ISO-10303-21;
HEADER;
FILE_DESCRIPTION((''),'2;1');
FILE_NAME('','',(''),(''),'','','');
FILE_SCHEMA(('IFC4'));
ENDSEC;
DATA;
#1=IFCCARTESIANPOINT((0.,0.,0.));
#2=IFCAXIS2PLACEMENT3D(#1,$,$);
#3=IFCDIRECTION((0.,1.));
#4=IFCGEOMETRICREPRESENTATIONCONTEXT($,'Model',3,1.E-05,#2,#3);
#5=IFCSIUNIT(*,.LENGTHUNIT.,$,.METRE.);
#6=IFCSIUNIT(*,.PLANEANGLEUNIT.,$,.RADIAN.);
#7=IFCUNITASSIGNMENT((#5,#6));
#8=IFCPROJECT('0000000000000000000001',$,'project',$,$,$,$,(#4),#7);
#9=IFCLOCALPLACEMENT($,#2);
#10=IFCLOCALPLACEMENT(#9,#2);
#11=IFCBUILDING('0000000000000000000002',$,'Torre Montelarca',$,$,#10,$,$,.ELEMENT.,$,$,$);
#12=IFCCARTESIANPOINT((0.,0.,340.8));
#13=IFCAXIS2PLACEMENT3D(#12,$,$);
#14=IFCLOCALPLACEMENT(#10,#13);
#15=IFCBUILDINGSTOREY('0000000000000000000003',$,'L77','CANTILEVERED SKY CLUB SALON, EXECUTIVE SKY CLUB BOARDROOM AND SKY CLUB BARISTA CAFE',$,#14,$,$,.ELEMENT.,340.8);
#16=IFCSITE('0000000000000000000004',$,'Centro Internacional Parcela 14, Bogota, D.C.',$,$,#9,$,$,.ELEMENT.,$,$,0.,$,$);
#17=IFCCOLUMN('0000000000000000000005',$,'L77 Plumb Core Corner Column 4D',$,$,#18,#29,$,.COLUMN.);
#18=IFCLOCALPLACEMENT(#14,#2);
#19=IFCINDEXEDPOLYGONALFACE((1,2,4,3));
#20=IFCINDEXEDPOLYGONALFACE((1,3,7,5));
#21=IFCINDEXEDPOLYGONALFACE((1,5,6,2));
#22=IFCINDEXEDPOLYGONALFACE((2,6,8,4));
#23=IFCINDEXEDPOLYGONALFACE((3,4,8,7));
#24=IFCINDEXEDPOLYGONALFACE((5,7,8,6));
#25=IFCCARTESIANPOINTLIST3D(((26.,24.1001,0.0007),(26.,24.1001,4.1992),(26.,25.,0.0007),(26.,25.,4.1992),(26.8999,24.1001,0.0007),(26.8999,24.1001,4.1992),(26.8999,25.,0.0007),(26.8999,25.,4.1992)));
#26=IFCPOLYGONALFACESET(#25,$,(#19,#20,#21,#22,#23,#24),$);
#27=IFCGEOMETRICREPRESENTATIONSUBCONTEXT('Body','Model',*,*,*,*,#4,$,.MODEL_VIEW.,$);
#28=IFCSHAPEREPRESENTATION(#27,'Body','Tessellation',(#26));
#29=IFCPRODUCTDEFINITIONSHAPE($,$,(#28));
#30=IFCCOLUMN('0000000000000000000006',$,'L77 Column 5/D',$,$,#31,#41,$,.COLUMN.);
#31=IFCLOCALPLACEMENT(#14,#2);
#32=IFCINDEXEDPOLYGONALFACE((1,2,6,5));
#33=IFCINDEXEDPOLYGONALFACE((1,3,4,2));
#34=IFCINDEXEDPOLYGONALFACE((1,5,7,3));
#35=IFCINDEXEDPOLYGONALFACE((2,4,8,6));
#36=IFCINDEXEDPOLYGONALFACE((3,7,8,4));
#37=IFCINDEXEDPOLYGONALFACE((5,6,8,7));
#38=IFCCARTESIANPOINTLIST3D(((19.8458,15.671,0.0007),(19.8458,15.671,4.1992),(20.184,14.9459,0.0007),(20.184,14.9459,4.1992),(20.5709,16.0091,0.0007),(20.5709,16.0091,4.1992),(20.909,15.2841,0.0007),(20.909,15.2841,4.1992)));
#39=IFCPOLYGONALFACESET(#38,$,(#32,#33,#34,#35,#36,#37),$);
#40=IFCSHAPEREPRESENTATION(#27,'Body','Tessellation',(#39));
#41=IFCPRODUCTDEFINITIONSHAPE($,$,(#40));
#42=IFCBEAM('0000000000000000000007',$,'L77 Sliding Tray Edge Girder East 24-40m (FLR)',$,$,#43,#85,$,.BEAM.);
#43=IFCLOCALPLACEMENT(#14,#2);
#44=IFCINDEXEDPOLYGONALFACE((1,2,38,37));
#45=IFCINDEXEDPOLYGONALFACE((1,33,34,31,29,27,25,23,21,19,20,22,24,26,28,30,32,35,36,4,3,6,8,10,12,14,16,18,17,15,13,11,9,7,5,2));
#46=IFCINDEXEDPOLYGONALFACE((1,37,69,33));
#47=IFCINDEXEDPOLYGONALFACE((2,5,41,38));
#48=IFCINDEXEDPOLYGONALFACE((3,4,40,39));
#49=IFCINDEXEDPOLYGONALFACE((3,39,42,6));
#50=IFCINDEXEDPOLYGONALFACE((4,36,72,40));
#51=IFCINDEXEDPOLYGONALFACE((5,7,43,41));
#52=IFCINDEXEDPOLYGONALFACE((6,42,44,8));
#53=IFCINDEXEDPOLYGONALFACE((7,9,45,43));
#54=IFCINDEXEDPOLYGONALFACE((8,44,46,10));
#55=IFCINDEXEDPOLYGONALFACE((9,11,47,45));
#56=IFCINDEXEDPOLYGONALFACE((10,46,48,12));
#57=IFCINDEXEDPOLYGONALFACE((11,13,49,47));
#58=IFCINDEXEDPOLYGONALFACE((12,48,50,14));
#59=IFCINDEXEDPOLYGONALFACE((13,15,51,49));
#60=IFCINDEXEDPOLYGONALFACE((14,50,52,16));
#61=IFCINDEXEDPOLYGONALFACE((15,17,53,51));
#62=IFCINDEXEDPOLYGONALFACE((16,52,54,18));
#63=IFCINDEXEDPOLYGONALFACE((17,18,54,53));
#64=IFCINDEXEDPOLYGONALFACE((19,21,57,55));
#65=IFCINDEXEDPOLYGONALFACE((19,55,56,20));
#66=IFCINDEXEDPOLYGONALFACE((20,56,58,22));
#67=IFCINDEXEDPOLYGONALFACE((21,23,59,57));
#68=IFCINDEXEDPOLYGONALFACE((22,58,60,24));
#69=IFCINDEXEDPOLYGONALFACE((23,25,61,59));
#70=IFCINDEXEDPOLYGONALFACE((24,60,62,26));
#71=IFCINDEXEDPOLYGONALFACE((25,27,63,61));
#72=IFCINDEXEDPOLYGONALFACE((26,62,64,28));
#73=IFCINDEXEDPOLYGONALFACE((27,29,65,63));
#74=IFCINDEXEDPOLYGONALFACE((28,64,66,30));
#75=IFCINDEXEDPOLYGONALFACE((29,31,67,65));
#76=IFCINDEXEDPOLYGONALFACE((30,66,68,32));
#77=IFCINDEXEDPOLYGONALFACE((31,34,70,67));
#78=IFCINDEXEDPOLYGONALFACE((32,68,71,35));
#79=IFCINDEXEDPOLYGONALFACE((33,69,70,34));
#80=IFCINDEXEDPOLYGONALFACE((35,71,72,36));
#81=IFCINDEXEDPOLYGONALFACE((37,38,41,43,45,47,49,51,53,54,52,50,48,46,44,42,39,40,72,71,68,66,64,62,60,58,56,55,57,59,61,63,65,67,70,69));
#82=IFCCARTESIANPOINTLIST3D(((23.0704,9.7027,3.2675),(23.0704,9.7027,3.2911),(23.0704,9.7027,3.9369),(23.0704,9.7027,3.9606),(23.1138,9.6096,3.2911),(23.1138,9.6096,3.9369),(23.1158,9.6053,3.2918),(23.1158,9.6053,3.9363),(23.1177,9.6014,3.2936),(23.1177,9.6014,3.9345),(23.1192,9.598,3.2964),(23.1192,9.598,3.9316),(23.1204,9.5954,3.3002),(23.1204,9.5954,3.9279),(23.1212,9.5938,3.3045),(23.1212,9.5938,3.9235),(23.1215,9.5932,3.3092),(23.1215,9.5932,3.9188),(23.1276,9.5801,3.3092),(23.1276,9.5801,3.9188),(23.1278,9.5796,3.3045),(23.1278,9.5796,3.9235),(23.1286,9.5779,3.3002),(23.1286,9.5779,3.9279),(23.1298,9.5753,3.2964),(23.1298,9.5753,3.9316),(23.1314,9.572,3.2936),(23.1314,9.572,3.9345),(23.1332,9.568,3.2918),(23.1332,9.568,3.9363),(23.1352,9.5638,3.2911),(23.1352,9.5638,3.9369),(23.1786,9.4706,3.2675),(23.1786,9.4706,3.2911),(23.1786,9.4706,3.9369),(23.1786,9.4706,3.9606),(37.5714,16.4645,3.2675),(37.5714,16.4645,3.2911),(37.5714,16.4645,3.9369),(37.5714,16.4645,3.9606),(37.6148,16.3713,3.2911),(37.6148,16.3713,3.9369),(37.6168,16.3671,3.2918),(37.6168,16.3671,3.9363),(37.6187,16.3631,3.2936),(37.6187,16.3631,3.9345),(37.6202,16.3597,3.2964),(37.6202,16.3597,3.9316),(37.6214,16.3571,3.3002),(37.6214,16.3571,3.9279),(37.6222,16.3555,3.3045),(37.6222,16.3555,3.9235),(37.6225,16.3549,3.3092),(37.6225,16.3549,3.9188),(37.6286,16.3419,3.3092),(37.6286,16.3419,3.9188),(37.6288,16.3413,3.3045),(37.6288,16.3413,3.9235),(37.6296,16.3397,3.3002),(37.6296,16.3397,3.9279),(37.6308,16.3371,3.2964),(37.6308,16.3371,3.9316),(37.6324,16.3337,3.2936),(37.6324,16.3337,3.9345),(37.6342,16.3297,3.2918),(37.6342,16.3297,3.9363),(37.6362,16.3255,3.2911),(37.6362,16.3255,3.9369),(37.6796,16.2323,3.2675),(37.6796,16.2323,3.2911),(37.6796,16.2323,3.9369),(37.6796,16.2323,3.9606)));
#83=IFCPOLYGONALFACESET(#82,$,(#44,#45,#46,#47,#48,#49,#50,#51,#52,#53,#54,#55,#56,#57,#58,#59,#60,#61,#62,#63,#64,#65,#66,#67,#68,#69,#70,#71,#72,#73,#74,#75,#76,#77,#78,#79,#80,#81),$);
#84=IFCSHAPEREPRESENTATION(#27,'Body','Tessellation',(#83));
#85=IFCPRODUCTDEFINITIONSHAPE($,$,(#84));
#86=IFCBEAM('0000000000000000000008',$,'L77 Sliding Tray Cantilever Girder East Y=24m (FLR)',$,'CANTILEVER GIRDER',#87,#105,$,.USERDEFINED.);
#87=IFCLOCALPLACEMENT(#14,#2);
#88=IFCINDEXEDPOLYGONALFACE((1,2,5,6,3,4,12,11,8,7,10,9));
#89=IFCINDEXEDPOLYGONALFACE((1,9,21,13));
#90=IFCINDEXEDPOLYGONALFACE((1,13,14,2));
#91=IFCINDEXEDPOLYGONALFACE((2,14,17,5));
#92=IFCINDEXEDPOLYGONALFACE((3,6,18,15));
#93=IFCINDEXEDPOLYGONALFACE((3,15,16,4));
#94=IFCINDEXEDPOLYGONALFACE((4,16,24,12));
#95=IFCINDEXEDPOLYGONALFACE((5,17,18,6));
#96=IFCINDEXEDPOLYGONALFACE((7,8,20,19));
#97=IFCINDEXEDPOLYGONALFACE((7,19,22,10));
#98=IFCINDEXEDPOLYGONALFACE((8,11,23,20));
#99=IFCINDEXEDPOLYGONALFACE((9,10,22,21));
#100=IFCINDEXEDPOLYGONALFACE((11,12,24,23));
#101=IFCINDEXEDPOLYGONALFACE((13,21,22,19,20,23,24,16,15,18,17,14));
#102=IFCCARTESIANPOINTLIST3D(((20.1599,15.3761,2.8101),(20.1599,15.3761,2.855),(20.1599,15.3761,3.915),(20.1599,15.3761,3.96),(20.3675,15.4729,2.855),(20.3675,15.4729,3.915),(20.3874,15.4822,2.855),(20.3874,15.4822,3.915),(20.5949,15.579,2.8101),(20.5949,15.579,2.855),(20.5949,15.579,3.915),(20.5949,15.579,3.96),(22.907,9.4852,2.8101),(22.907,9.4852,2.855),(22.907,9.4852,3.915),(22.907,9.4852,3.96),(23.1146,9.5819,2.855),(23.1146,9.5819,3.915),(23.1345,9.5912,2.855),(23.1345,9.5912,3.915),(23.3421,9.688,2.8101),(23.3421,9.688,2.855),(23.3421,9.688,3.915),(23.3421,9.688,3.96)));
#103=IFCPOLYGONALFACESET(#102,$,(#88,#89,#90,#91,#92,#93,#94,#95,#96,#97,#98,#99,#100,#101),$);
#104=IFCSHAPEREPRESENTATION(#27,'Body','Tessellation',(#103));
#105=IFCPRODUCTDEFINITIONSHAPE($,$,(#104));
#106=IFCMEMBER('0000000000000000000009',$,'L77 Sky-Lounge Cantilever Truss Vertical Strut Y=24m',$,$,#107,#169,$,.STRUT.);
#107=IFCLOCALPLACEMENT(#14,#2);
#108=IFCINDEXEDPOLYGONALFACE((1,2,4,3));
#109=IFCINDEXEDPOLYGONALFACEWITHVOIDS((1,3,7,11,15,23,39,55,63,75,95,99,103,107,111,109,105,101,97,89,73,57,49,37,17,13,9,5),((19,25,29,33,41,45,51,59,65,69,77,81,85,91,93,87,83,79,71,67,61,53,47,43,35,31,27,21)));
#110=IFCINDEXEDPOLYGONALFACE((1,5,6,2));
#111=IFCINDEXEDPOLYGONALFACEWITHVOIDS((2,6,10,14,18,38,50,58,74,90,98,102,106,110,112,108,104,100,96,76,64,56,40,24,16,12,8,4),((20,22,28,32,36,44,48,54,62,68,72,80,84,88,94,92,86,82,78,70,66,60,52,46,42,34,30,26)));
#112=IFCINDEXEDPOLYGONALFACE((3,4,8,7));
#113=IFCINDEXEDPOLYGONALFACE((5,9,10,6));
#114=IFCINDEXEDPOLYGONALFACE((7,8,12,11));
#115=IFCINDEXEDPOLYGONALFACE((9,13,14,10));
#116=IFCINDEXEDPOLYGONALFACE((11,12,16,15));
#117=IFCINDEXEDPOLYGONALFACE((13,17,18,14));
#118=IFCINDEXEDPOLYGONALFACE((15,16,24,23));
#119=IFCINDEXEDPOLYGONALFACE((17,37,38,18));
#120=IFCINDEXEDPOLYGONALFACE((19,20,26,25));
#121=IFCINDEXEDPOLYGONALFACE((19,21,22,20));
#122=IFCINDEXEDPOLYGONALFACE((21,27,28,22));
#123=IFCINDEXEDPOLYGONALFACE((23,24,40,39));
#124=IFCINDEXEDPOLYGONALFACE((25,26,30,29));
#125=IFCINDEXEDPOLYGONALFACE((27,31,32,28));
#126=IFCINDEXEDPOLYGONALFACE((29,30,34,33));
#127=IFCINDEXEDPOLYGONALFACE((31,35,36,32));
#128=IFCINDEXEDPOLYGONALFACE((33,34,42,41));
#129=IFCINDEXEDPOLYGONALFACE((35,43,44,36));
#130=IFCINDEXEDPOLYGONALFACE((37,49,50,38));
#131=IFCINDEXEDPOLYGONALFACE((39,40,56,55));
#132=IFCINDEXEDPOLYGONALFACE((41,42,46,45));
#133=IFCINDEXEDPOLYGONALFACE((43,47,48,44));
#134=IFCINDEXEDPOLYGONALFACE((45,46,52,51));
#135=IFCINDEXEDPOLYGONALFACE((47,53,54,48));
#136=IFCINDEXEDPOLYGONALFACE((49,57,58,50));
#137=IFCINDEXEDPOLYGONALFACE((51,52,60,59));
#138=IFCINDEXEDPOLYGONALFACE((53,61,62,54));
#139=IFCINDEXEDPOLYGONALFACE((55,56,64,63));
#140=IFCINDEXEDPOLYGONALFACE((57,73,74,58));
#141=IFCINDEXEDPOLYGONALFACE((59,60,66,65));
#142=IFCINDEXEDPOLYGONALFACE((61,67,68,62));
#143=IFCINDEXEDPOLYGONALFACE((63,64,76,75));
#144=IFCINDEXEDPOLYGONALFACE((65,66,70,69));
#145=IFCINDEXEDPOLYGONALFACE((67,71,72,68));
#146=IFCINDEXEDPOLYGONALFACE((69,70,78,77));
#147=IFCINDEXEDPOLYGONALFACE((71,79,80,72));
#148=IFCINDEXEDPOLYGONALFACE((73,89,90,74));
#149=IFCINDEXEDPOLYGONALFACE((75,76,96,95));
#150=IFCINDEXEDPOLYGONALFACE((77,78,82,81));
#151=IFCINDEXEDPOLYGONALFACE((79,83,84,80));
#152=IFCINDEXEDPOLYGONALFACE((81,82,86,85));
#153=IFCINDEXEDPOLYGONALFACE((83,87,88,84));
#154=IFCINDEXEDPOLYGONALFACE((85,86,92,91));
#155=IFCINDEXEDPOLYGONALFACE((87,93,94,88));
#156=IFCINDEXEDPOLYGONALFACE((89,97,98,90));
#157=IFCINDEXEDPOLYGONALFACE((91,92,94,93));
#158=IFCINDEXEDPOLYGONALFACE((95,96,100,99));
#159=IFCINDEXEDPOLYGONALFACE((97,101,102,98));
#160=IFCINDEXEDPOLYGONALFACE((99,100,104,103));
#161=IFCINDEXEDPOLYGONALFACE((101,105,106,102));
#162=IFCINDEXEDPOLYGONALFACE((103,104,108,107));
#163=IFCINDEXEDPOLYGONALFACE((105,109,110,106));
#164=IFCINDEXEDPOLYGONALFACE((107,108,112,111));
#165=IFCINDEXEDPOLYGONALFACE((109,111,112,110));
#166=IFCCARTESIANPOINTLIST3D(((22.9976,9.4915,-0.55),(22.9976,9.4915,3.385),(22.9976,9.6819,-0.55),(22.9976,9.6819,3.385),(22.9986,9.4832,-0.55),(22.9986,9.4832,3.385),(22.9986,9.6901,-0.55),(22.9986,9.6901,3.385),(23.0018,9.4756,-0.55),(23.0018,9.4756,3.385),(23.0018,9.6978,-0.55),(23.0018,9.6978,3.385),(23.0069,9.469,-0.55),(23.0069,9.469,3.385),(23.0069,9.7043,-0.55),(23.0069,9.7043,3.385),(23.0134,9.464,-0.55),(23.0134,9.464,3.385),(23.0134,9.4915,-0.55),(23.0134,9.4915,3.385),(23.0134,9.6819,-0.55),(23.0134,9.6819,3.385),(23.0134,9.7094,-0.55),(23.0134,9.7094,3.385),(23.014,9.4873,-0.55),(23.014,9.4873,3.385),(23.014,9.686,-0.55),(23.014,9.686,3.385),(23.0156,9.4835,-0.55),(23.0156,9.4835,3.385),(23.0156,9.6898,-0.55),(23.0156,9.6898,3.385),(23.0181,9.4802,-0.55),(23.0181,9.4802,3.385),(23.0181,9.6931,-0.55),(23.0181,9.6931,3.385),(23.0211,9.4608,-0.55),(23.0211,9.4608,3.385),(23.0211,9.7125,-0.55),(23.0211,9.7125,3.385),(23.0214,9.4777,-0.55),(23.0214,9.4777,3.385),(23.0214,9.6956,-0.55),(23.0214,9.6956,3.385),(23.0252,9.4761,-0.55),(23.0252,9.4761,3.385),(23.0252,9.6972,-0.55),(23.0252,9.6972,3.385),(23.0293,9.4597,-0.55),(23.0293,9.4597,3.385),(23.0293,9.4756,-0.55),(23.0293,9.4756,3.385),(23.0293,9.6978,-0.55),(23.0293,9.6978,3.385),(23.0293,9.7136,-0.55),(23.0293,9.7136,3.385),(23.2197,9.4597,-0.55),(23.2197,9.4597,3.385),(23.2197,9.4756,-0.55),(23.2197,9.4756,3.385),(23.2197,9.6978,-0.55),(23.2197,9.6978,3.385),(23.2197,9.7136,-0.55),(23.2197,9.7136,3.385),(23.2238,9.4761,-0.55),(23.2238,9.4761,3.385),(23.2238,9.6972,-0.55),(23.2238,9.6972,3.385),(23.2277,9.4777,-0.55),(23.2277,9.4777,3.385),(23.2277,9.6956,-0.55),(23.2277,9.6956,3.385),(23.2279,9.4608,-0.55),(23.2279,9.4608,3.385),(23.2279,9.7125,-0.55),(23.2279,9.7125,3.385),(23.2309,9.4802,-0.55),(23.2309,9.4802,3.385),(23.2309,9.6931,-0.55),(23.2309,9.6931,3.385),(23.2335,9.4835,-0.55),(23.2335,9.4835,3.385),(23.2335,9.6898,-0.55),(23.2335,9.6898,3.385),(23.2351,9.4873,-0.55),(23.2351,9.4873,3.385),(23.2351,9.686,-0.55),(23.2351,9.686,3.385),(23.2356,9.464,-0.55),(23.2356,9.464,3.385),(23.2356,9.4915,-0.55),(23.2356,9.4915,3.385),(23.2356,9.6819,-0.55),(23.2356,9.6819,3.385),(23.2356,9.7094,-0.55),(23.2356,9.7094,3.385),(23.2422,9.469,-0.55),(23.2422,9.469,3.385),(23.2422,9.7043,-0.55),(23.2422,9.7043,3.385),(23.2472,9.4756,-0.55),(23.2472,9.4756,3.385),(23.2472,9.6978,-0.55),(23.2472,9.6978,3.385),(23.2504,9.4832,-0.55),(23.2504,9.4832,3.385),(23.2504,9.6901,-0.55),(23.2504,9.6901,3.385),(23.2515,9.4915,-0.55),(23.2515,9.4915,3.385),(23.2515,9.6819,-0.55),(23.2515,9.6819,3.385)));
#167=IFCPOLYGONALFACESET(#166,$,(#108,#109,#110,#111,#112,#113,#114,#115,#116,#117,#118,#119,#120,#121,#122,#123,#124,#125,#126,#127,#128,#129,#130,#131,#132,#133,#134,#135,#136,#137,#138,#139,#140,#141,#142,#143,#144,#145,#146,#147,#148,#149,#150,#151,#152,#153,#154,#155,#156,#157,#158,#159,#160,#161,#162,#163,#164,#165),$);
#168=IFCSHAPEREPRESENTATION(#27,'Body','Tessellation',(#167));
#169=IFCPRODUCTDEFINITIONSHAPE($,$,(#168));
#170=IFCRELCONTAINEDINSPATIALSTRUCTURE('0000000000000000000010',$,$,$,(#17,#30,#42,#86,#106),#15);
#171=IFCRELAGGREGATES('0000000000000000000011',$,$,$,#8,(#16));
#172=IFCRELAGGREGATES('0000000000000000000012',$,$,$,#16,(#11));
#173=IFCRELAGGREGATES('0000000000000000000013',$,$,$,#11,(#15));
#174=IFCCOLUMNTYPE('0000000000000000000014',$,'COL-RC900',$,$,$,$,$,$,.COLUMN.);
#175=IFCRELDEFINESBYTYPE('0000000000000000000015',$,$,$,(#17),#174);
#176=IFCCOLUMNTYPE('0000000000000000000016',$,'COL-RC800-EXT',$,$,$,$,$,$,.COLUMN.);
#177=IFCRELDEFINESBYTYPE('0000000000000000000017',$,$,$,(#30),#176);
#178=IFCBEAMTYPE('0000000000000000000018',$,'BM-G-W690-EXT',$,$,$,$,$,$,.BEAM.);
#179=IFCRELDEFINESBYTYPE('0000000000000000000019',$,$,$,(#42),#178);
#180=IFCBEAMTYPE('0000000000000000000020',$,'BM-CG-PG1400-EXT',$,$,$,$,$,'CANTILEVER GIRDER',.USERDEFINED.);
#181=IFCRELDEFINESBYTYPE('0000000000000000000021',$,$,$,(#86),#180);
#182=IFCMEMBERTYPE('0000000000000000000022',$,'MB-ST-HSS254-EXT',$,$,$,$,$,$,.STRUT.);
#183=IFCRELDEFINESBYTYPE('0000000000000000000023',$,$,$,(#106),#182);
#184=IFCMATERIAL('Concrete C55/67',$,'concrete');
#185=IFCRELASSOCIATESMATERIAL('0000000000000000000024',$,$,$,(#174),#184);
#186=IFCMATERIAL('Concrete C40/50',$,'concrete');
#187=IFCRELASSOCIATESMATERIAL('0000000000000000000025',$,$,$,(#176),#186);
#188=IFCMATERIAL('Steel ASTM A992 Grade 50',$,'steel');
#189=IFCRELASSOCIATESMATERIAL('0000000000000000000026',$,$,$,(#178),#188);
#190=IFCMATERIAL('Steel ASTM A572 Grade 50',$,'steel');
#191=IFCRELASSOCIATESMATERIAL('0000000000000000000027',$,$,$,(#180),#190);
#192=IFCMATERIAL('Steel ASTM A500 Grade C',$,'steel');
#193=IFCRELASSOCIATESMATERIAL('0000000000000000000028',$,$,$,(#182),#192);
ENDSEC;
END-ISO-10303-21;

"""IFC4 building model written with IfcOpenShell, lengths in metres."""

from ifc_helpers import new_model, si_unit, direction, frame, origin, origin_2d, place, context, subcontext, project, spatial, rectangle, hollow_rectangle, i_section, extrude, source, transform, mapped, material, material_profile, profile_set, type_object, element, save


model = new_model("IFC4")

# Units and contexts
model_context = context("Model", 3, precision=1e-05, world=origin(), true_north=direction((0.0, 1.0)))
body_context = subcontext(model_context, "Body", "Model", "MODEL_VIEW")
ifc_project = project(units=[si_unit("LENGTHUNIT", "METRE"), si_unit("PLANEANGLEUNIT", "RADIAN")], contexts=[model_context])

# Site, building, storey
site_placement = place(None, origin())
site = spatial("IfcSite", under=ifc_project, at=site_placement, Name="Centro Internacional Parcela 14, Bogota, D.C.", CompositionType="ELEMENT", RefElevation=0.0)
building_placement = place(site_placement, origin())
building = spatial("IfcBuilding", under=site, at=building_placement, Name="Torre Montelarca", CompositionType="ELEMENT")
storey_placement = place(building_placement, frame((0.0, 0.0, 340.8)))
storey = spatial("IfcBuildingStorey", under=building, at=storey_placement, Name="L77", Description="CANTILEVERED SKY CLUB SALON, EXECUTIVE SKY CLUB BOARDROOM AND SKY CLUB BARISTA CAFE", CompositionType="ELEMENT", Elevation=340.8)

# Columns
ifc_material_1 = material(Name="Concrete C55/67", Category="concrete")
ifc_material_profile_1 = material_profile(ifc_material_1, rectangle(XDim=0.8999, YDim=0.8999, at=origin_2d()), Name="RC900X900", Category="concrete")
ifc_profile_set_1 = profile_set([ifc_material_profile_1], Name="Concrete C55/67")
column_type_1 = type_object("IfcColumnType", Name="COL-RC900", PredefinedType="COLUMN", material=ifc_profile_set_1)
shared_shape_1 = source(origin(), body_context, "Body", "SweptSolid", [
    extrude(rectangle(XDim=0.8999, YDim=0.8999, at=origin_2d()), origin(), (0.0, 0.0, 1.0), 4.1985),
])
column_1_placement = place(storey_placement, frame((26.45, 24.55, 0.0007), z_axis=(0.0, 0.0, 1.0), x_axis=(1.0, 0.0, 0.0)))
element("IfcColumn", 1, at=column_1_placement, inside=storey, type_object=column_type_1, Name="L77 Plumb Core Corner Column 4D", PredefinedType="COLUMN", context=body_context, shape_type="MappedRepresentation", body=[
    mapped(shared_shape_1, transform((0.0, 0.0, 0.0), scale=1.0)),
])
ifc_material_2 = material(Name="Concrete C40/50", Category="concrete")
ifc_material_profile_2 = material_profile(ifc_material_2, rectangle(XDim=0.8, YDim=0.8, at=origin_2d()), Name="RC800X800", Category="concrete")
ifc_profile_set_2 = profile_set([ifc_material_profile_2], Name="Concrete C40/50")
column_type_2 = type_object("IfcColumnType", Name="COL-RC800-EXT", PredefinedType="COLUMN", material=ifc_profile_set_2)
shared_shape_2 = source(origin(), body_context, "Body", "SweptSolid", [
    extrude(rectangle(XDim=0.8, YDim=0.8, at=origin_2d()), origin(), (0.0, 0.0, 1.0), 4.1985),
])
column_2_placement = place(storey_placement, frame((20.3774, 15.4775, 0.0007), z_axis=(0.0, 0.0, 1.0), x_axis=(-0.422618, 0.906308, 0.0)))
element("IfcColumn", 2, at=column_2_placement, inside=storey, type_object=column_type_2, Name="L77 Column 5/D", PredefinedType="COLUMN", context=body_context, shape_type="MappedRepresentation", body=[
    mapped(shared_shape_2, transform((0.0, 0.0, 0.0), scale=1.0)),
])

# Beams
ifc_material_3 = material(Name="Steel ASTM A992 Grade 50", Category="steel")
ifc_material_profile_3 = material_profile(ifc_material_3, i_section(OverallWidth=0.2561, OverallDepth=0.6931, WebThickness=0.0144, FlangeThickness=0.0237, FilletRadius=0.0181, at=origin_2d()), Name="W690X170", Category="steel")
ifc_profile_set_3 = profile_set([ifc_material_profile_3], Name="Steel ASTM A992 Grade 50")
beam_type_1 = type_object("IfcBeamType", Name="BM-G-W690-EXT", PredefinedType="BEAM", material=ifc_profile_set_3)
shared_shape_3 = source(origin(), body_context, "Body", "SweptSolid", [
    extrude(i_section(OverallWidth=0.2561, OverallDepth=0.6931, WebThickness=0.0144, FlangeThickness=0.0237, FilletRadius=0.0181, at=origin_2d()), origin(), (0.0, 0.0, 1.0), 16.0),
])
beam_1_placement = place(storey_placement, frame((23.1245, 9.5867, 3.614), z_axis=(0.906313, 0.422608, 0.0), x_axis=(-0.422608, 0.906313, 0.0)))
element("IfcBeam", 3, at=beam_1_placement, inside=storey, type_object=beam_type_1, Name="L77 Sliding Tray Edge Girder East 24-40m (FLR)", PredefinedType="BEAM", context=body_context, shape_type="MappedRepresentation", body=[
    mapped(shared_shape_3, transform((0.0, 0.0, 0.0), scale=1.0)),
])
ifc_material_4 = material(Name="Steel ASTM A572 Grade 50", Category="steel")
ifc_material_profile_4 = material_profile(ifc_material_4, i_section(OverallWidth=0.48, OverallDepth=1.1499, WebThickness=0.022, FlangeThickness=0.0449, at=origin_2d()), Name="PG1150X480X22X45", Category="steel")
ifc_profile_set_4 = profile_set([ifc_material_profile_4], Name="Steel ASTM A572 Grade 50")
beam_type_2 = type_object("IfcBeamType", Name="BM-CG-PG1400-EXT", ElementType="CANTILEVER GIRDER", PredefinedType="USERDEFINED", material=ifc_profile_set_4)
shared_shape_4 = source(origin(), body_context, "Body", "SweptSolid", [
    extrude(i_section(OverallWidth=0.48, OverallDepth=1.1499, WebThickness=0.022, FlangeThickness=0.0449, at=origin_2d()), origin(), (0.0, 0.0, 1.0), 6.5),
])
beam_2_placement = place(storey_placement, frame((20.3774, 15.4775, 3.385), z_axis=(0.422633, -0.906301, 0.0), x_axis=(0.906301, 0.422633, 0.0)))
element("IfcBeam", 4, at=beam_2_placement, inside=storey, type_object=beam_type_2, Name="L77 Sliding Tray Cantilever Girder East Y=24m (FLR)", ObjectType="CANTILEVER GIRDER", PredefinedType="USERDEFINED", context=body_context, shape_type="MappedRepresentation", body=[
    mapped(shared_shape_4, transform((0.0, 0.0, 0.0), scale=1.0)),
])

# Member
ifc_material_5 = material(Name="Steel ASTM A500 Grade C", Category="steel")
ifc_material_profile_5 = material_profile(ifc_material_5, hollow_rectangle(XDim=0.2539, YDim=0.2539, WallThickness=0.0159, InnerFilletRadius=0.0159, OuterFilletRadius=0.0317, at=origin_2d()), Name="HSS254X254X15.9", Category="steel")
ifc_profile_set_5 = profile_set([ifc_material_profile_5], Name="Steel ASTM A500 Grade C")
member_type_1 = type_object("IfcMemberType", Name="MB-ST-HSS254-EXT", PredefinedType="STRUT", material=ifc_profile_set_5)
shared_shape_5 = source(origin(), body_context, "Body", "SweptSolid", [
    extrude(hollow_rectangle(XDim=0.2539, YDim=0.2539, WallThickness=0.0159, InnerFilletRadius=0.0159, OuterFilletRadius=0.0317, at=origin_2d()), origin(), (0.0, 0.0, 1.0), 3.9351),
])
member_1_placement = place(storey_placement, frame((23.1245, 9.5867, -0.55), z_axis=(0.0, 0.0, 1.0), x_axis=(1.0, 0.0, 0.0)))
element("IfcMember", 5, at=member_1_placement, inside=storey, type_object=member_type_1, Name="L77 Sky-Lounge Cantilever Truss Vertical Strut Y=24m", PredefinedType="STRUT", context=body_context, shape_type="MappedRepresentation", body=[
    mapped(shared_shape_5, transform((0.0, 0.0, 0.0), scale=1.0)),
])

save(model, "model.ifc")
